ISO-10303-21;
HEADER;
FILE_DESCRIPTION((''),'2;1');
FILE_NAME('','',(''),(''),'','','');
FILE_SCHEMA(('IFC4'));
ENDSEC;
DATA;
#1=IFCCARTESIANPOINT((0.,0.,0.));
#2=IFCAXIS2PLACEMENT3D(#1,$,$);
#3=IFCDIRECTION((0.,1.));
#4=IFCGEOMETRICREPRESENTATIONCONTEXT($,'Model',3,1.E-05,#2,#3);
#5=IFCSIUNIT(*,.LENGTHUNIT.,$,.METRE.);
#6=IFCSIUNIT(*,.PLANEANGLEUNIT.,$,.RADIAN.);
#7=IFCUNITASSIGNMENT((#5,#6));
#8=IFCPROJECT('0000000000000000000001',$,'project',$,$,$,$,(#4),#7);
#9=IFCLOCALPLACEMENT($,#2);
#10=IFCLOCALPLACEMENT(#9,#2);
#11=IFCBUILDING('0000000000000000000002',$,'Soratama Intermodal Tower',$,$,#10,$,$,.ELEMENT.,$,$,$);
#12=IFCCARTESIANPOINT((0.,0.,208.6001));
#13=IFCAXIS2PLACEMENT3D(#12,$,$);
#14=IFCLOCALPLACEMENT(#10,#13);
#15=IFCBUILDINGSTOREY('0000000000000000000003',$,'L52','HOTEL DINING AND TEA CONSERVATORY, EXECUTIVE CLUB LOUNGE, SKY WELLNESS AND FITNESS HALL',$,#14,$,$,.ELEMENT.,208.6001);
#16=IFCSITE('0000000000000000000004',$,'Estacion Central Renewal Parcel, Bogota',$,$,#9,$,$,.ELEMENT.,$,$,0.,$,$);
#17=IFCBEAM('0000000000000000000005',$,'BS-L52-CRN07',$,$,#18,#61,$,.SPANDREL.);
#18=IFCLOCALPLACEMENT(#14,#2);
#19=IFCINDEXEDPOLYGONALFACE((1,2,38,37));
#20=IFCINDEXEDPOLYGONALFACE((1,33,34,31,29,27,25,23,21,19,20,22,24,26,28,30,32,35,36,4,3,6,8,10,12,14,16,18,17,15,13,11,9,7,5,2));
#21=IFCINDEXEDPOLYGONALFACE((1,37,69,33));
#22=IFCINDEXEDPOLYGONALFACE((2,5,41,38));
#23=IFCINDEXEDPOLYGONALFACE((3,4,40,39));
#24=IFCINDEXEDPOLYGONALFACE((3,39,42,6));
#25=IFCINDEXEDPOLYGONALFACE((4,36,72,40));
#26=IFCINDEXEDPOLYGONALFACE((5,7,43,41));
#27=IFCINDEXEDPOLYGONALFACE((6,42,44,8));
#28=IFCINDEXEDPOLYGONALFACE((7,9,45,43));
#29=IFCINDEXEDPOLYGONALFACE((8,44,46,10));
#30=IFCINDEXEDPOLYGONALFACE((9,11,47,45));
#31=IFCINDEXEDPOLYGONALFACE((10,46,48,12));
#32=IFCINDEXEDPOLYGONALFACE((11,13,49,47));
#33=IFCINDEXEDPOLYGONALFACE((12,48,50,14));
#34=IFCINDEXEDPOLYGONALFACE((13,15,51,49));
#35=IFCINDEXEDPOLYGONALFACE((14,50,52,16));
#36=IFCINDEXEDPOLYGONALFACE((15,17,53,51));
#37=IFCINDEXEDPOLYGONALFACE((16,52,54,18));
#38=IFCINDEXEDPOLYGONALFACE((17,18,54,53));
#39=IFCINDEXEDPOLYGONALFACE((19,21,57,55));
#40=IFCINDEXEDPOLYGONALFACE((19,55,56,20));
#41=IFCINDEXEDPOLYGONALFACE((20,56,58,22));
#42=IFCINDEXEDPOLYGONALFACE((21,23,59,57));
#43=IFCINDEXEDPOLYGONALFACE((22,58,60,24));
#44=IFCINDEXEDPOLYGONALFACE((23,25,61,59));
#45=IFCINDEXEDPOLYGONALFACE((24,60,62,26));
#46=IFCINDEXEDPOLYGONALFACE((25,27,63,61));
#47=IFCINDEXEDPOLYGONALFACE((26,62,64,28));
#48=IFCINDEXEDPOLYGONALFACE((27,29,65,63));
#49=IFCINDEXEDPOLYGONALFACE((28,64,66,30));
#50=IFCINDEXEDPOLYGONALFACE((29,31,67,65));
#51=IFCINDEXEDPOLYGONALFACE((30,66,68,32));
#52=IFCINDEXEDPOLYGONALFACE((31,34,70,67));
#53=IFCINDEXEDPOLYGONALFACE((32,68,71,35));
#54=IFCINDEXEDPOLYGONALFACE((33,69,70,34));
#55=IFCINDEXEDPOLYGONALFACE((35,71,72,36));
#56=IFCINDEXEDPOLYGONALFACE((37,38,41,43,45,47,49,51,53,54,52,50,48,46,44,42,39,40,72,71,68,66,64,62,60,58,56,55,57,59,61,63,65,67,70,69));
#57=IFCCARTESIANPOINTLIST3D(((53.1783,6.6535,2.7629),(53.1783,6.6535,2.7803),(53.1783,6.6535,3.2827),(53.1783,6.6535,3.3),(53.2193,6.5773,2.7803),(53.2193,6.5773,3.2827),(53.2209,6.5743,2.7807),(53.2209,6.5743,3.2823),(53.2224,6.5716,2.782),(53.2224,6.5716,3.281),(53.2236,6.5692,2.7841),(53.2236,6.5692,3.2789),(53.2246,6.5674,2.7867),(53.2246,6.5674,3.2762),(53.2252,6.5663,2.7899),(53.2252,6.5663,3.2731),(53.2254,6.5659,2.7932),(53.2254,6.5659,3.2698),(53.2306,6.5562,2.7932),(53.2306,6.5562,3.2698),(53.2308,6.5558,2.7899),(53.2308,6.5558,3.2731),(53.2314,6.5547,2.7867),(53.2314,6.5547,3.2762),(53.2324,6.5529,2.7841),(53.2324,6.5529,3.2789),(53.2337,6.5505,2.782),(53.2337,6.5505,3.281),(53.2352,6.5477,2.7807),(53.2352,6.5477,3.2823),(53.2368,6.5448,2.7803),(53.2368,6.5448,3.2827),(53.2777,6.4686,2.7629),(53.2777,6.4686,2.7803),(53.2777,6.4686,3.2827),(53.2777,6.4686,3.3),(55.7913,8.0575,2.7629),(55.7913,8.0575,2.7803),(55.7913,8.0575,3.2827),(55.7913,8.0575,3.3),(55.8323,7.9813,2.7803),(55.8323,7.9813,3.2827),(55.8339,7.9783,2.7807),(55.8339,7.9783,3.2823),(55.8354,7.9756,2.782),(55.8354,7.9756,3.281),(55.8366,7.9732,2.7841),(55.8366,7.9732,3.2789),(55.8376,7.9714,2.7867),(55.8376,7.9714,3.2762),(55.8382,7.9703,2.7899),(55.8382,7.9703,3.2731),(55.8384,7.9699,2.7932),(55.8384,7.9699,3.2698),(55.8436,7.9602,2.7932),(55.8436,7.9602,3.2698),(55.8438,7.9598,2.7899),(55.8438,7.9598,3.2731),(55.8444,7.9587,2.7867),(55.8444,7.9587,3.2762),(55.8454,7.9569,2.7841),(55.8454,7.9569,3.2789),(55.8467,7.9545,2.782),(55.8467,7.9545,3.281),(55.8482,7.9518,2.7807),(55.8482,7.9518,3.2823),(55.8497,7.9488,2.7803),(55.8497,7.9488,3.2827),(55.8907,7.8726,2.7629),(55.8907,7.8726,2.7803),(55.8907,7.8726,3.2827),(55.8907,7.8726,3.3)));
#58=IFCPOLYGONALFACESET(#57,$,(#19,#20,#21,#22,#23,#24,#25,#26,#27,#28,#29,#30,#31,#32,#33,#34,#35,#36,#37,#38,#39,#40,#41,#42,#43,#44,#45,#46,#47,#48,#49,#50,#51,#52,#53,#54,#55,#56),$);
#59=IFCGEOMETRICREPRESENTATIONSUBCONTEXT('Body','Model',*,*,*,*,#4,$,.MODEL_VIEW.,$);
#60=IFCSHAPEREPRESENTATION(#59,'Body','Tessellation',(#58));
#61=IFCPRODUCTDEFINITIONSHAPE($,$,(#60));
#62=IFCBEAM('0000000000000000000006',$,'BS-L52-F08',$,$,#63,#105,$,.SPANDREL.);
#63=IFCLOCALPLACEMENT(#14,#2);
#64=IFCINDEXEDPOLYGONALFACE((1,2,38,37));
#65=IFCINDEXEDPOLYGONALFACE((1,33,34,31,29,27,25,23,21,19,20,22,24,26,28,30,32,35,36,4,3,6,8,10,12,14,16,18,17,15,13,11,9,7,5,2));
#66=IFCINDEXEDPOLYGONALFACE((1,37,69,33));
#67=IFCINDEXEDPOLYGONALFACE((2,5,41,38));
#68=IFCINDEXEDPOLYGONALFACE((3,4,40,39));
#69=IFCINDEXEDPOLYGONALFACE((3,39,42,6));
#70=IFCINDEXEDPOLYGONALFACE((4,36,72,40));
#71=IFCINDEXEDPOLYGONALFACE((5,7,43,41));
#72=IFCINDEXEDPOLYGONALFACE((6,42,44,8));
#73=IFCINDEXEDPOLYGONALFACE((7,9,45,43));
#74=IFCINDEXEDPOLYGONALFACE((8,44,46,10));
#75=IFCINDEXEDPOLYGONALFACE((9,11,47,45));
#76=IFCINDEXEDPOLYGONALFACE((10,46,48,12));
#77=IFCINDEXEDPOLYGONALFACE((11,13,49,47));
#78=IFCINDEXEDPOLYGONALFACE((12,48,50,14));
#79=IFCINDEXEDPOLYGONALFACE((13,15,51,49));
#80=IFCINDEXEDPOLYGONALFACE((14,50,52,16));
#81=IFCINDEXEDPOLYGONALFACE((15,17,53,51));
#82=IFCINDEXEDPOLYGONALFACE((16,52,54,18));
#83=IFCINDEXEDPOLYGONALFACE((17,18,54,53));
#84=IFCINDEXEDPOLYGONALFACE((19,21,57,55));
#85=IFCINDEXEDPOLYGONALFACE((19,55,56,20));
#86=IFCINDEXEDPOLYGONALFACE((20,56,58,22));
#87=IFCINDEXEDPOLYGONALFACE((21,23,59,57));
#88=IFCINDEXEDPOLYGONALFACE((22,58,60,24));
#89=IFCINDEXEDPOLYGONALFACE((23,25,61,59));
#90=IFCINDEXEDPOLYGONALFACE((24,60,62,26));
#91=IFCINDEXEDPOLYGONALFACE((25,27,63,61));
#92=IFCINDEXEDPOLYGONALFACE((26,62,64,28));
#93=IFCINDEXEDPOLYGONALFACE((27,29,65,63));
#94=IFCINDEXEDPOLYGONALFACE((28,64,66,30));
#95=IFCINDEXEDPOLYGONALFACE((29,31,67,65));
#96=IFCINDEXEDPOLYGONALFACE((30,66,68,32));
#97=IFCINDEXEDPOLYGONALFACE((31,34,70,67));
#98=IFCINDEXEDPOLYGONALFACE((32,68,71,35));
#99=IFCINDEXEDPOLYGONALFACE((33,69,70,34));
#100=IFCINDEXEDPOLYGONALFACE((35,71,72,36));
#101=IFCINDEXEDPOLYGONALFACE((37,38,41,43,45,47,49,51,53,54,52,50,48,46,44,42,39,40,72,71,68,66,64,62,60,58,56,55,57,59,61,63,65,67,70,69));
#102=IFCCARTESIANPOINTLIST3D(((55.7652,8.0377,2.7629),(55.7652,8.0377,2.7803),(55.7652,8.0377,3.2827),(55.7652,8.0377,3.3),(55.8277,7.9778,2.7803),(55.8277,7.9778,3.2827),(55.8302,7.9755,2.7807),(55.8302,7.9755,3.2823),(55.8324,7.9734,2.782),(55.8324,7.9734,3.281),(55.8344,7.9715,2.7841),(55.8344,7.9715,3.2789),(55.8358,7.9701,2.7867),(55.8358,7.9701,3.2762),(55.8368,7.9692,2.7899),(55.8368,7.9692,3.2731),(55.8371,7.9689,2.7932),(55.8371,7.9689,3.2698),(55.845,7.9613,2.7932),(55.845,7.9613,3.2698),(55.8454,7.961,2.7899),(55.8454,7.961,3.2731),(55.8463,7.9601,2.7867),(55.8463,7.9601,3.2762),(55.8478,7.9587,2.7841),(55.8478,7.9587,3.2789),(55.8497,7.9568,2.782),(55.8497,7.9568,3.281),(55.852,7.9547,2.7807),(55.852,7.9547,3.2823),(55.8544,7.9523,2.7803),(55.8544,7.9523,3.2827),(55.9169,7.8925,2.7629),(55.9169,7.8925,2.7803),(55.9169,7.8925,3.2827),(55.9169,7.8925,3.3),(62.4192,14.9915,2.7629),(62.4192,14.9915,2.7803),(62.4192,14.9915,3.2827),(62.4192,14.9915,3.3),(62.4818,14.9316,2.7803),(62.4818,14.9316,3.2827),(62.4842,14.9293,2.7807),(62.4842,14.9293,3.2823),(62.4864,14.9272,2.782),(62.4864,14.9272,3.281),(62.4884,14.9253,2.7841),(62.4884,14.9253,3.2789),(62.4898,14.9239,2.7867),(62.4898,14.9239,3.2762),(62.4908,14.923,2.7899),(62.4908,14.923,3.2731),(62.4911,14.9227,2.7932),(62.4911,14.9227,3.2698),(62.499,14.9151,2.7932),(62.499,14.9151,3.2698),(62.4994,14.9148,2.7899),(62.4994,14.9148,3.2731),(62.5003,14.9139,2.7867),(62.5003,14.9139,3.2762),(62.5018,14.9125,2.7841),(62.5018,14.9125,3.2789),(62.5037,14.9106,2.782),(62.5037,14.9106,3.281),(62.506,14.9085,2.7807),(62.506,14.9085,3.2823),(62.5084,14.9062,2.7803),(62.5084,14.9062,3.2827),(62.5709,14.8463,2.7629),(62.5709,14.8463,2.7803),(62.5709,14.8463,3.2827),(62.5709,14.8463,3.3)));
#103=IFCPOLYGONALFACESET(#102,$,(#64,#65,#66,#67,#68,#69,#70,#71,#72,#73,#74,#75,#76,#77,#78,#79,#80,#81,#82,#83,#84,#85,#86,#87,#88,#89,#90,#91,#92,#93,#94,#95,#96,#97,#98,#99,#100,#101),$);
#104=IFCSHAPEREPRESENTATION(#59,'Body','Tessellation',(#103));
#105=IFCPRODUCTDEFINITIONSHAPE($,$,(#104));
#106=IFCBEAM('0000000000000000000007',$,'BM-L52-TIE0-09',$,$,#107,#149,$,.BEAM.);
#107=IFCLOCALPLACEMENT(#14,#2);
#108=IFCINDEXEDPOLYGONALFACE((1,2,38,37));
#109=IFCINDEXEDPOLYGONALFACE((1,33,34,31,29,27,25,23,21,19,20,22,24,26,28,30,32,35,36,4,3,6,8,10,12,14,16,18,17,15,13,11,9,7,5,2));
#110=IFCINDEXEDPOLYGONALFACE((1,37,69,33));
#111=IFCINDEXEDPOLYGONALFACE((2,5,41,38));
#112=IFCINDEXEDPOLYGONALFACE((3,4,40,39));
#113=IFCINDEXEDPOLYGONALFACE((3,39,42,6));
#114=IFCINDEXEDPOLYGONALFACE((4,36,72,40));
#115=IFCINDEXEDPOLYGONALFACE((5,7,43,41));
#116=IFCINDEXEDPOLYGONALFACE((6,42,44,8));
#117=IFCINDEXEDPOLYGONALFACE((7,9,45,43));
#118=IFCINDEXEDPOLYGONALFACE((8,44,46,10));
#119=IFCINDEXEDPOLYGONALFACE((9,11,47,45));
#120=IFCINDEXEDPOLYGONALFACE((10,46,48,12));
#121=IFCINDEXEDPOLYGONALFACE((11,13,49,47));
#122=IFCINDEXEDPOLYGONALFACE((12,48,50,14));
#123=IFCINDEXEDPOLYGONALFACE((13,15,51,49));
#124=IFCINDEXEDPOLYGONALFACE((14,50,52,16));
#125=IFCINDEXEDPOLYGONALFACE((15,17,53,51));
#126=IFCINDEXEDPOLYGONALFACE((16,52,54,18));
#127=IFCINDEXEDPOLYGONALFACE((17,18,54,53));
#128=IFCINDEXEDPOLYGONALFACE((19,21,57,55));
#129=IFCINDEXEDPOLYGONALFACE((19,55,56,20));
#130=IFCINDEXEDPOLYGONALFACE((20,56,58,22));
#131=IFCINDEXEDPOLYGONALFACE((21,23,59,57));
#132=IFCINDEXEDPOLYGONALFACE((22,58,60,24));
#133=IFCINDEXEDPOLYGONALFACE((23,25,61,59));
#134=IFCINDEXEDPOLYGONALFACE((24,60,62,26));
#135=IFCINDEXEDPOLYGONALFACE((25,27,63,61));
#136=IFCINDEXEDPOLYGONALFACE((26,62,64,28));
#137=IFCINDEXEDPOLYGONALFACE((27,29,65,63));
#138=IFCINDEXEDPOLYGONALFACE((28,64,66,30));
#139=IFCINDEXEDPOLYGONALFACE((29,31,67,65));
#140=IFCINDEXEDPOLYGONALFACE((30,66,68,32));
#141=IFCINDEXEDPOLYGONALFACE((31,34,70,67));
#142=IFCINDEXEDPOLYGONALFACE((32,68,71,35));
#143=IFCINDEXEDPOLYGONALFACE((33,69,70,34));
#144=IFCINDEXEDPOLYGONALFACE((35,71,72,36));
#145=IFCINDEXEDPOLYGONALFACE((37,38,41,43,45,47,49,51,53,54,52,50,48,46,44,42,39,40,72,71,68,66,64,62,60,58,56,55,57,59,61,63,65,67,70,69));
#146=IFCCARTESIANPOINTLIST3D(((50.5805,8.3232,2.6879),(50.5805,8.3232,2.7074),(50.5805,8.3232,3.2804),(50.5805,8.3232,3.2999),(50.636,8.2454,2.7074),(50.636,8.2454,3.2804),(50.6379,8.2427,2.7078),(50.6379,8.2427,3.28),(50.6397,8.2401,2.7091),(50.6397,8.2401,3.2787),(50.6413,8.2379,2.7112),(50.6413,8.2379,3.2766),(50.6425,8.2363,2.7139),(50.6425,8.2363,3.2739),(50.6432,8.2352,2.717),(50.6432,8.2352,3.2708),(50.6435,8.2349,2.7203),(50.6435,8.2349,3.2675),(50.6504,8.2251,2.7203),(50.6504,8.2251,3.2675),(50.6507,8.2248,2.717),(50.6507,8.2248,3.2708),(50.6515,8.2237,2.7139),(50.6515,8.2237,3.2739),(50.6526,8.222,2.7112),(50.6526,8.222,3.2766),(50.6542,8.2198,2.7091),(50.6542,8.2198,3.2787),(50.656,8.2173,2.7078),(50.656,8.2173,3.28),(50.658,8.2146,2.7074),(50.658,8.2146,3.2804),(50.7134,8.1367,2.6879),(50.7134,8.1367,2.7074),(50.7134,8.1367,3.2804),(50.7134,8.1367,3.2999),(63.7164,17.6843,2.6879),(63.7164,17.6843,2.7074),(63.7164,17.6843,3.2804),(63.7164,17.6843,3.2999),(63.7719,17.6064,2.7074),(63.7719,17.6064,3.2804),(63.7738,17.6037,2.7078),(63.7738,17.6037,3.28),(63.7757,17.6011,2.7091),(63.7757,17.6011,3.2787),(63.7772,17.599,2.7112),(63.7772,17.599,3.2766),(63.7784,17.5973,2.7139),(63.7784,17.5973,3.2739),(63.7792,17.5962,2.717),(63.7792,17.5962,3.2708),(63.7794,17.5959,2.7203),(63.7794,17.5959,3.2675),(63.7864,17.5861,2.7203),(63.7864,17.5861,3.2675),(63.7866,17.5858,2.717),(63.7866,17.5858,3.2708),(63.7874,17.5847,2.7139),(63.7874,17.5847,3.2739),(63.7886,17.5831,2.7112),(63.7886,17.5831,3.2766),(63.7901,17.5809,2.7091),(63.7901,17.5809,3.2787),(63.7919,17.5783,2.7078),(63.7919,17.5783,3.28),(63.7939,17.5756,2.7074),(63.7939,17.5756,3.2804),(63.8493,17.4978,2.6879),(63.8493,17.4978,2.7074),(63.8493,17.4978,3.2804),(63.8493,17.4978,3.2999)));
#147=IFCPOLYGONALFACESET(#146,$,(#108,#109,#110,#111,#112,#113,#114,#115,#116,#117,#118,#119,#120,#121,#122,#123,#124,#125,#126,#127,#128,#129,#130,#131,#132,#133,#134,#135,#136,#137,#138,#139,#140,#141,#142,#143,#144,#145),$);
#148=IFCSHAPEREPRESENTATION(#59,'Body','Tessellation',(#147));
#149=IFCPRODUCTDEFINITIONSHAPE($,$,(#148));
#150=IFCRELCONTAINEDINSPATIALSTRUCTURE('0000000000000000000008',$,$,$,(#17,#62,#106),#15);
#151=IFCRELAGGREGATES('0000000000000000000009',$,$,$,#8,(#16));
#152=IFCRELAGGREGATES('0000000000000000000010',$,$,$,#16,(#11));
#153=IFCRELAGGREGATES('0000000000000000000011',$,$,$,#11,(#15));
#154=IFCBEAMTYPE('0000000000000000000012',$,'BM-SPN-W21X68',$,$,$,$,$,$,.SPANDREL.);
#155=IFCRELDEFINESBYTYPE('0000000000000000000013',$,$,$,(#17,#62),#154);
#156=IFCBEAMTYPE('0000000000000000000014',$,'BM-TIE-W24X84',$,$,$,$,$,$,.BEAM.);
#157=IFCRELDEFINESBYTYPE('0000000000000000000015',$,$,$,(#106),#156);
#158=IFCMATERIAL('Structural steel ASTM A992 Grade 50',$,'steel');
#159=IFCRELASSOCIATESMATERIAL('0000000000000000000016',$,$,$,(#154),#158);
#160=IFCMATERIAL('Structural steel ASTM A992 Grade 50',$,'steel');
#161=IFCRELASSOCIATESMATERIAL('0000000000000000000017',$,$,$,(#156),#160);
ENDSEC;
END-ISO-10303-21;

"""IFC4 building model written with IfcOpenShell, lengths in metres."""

from ifc_helpers import new_model, si_unit, direction, frame, origin, origin_2d, place, context, subcontext, project, spatial, i_section, extrude, material, material_profile, profile_set, type_object, element, save


model = new_model("IFC4")

# Units and contexts
model_context = context("Model", 3, precision=1e-05, world=origin(), true_north=direction((0.0, 1.0)))
body_context = subcontext(model_context, "Body", "Model", "MODEL_VIEW")
ifc_project = project(units=[si_unit("LENGTHUNIT", "METRE"), si_unit("PLANEANGLEUNIT", "RADIAN")], contexts=[model_context])

# Site, building, storey
site_placement = place(None, origin())
site = spatial("IfcSite", under=ifc_project, at=site_placement, Name="Estacion Central Renewal Parcel, Bogota", CompositionType="ELEMENT", RefElevation=0.0)
building_placement = place(site_placement, origin())
building = spatial("IfcBuilding", under=site, at=building_placement, Name="Soratama Intermodal Tower", CompositionType="ELEMENT")
storey_placement = place(building_placement, frame((0.0, 0.0, 208.6001)))
storey = spatial("IfcBuildingStorey", under=building, at=storey_placement, Name="L52", Description="HOTEL DINING AND TEA CONSERVATORY, EXECUTIVE CLUB LOUNGE, SKY WELLNESS AND FITNESS HALL", CompositionType="ELEMENT", Elevation=208.6001)

# Beams
ifc_material_1 = material(Name="Structural steel ASTM A992 Grade 50", Category="steel")
ifc_material_profile_1 = material_profile(ifc_material_1, i_section(OverallWidth=0.21, OverallDepth=0.5371, WebThickness=0.011, FlangeThickness=0.0173, FilletRadius=0.0129, at=origin_2d()), Name="W21X68")
ifc_profile_set_1 = profile_set([ifc_material_profile_1], Name="Structural steel ASTM A992 Grade 50")
beam_type_1 = type_object("IfcBeamType", Name="BM-SPN-W21X68", PredefinedType="SPANDREL", material=ifc_profile_set_1)
beam_1_placement = place(storey_placement, frame((53.228, 6.561, 3.0315), z_axis=(0.880888, 0.473324, 0.0), x_axis=(-0.473324, 0.880888, 0.0)))
element("IfcBeam", 1, at=beam_1_placement, inside=storey, type_object=beam_type_1, Name="BS-L52-CRN07", PredefinedType="SPANDREL", context=body_context, shape_type="SweptSolid", body=[
    extrude(i_section(OverallWidth=0.21, OverallDepth=0.5371, WebThickness=0.011, FlangeThickness=0.0173, FilletRadius=0.0129, at=origin_2d()), origin(), (0.0, 0.0, 1.0), 2.9663),
])
beam_2_placement = place(storey_placement, frame((55.8411, 7.9651, 3.0315), z_axis=(0.69136, 0.72251, 0.0), x_axis=(-0.72251, 0.69136, 0.0)))
element("IfcBeam", 2, at=beam_2_placement, inside=storey, type_object=beam_type_1, Name="BS-L52-F08", PredefinedType="SPANDREL", context=body_context, shape_type="SweptSolid", body=[
    extrude(i_section(OverallWidth=0.21, OverallDepth=0.5371, WebThickness=0.011, FlangeThickness=0.0173, FilletRadius=0.0129, at=origin_2d()), origin(), (0.0, 0.0, 1.0), 9.6245),
])
ifc_material_2 = material(Name="Structural steel ASTM A992 Grade 50", Category="steel")
ifc_material_profile_2 = material_profile(ifc_material_2, i_section(OverallWidth=0.229, OverallDepth=0.6121, WebThickness=0.012, FlangeThickness=0.0195, FilletRadius=0.0129, at=origin_2d()), Name="W24X84")
ifc_profile_set_2 = profile_set([ifc_material_profile_2], Name="Structural steel ASTM A992 Grade 50")
beam_type_2 = type_object("IfcBeamType", Name="BM-TIE-W24X84", PredefinedType="BEAM", material=ifc_profile_set_2)
beam_3_placement = place(storey_placement, frame((50.647, 8.23, 2.9939), z_axis=(0.814371, 0.580344, 0.0), x_axis=(-0.580344, 0.814371, 0.0)))
element("IfcBeam", 3, at=beam_3_placement, inside=storey, type_object=beam_type_2, Name="BM-L52-TIE0-09", PredefinedType="BEAM", context=body_context, shape_type="SweptSolid", body=[
    extrude(i_section(OverallWidth=0.229, OverallDepth=0.6121, WebThickness=0.012, FlangeThickness=0.0195, FilletRadius=0.0129, at=origin_2d()), origin(), (0.0, 0.0, 1.0), 16.1301),
])

save(model, "model.ifc")
